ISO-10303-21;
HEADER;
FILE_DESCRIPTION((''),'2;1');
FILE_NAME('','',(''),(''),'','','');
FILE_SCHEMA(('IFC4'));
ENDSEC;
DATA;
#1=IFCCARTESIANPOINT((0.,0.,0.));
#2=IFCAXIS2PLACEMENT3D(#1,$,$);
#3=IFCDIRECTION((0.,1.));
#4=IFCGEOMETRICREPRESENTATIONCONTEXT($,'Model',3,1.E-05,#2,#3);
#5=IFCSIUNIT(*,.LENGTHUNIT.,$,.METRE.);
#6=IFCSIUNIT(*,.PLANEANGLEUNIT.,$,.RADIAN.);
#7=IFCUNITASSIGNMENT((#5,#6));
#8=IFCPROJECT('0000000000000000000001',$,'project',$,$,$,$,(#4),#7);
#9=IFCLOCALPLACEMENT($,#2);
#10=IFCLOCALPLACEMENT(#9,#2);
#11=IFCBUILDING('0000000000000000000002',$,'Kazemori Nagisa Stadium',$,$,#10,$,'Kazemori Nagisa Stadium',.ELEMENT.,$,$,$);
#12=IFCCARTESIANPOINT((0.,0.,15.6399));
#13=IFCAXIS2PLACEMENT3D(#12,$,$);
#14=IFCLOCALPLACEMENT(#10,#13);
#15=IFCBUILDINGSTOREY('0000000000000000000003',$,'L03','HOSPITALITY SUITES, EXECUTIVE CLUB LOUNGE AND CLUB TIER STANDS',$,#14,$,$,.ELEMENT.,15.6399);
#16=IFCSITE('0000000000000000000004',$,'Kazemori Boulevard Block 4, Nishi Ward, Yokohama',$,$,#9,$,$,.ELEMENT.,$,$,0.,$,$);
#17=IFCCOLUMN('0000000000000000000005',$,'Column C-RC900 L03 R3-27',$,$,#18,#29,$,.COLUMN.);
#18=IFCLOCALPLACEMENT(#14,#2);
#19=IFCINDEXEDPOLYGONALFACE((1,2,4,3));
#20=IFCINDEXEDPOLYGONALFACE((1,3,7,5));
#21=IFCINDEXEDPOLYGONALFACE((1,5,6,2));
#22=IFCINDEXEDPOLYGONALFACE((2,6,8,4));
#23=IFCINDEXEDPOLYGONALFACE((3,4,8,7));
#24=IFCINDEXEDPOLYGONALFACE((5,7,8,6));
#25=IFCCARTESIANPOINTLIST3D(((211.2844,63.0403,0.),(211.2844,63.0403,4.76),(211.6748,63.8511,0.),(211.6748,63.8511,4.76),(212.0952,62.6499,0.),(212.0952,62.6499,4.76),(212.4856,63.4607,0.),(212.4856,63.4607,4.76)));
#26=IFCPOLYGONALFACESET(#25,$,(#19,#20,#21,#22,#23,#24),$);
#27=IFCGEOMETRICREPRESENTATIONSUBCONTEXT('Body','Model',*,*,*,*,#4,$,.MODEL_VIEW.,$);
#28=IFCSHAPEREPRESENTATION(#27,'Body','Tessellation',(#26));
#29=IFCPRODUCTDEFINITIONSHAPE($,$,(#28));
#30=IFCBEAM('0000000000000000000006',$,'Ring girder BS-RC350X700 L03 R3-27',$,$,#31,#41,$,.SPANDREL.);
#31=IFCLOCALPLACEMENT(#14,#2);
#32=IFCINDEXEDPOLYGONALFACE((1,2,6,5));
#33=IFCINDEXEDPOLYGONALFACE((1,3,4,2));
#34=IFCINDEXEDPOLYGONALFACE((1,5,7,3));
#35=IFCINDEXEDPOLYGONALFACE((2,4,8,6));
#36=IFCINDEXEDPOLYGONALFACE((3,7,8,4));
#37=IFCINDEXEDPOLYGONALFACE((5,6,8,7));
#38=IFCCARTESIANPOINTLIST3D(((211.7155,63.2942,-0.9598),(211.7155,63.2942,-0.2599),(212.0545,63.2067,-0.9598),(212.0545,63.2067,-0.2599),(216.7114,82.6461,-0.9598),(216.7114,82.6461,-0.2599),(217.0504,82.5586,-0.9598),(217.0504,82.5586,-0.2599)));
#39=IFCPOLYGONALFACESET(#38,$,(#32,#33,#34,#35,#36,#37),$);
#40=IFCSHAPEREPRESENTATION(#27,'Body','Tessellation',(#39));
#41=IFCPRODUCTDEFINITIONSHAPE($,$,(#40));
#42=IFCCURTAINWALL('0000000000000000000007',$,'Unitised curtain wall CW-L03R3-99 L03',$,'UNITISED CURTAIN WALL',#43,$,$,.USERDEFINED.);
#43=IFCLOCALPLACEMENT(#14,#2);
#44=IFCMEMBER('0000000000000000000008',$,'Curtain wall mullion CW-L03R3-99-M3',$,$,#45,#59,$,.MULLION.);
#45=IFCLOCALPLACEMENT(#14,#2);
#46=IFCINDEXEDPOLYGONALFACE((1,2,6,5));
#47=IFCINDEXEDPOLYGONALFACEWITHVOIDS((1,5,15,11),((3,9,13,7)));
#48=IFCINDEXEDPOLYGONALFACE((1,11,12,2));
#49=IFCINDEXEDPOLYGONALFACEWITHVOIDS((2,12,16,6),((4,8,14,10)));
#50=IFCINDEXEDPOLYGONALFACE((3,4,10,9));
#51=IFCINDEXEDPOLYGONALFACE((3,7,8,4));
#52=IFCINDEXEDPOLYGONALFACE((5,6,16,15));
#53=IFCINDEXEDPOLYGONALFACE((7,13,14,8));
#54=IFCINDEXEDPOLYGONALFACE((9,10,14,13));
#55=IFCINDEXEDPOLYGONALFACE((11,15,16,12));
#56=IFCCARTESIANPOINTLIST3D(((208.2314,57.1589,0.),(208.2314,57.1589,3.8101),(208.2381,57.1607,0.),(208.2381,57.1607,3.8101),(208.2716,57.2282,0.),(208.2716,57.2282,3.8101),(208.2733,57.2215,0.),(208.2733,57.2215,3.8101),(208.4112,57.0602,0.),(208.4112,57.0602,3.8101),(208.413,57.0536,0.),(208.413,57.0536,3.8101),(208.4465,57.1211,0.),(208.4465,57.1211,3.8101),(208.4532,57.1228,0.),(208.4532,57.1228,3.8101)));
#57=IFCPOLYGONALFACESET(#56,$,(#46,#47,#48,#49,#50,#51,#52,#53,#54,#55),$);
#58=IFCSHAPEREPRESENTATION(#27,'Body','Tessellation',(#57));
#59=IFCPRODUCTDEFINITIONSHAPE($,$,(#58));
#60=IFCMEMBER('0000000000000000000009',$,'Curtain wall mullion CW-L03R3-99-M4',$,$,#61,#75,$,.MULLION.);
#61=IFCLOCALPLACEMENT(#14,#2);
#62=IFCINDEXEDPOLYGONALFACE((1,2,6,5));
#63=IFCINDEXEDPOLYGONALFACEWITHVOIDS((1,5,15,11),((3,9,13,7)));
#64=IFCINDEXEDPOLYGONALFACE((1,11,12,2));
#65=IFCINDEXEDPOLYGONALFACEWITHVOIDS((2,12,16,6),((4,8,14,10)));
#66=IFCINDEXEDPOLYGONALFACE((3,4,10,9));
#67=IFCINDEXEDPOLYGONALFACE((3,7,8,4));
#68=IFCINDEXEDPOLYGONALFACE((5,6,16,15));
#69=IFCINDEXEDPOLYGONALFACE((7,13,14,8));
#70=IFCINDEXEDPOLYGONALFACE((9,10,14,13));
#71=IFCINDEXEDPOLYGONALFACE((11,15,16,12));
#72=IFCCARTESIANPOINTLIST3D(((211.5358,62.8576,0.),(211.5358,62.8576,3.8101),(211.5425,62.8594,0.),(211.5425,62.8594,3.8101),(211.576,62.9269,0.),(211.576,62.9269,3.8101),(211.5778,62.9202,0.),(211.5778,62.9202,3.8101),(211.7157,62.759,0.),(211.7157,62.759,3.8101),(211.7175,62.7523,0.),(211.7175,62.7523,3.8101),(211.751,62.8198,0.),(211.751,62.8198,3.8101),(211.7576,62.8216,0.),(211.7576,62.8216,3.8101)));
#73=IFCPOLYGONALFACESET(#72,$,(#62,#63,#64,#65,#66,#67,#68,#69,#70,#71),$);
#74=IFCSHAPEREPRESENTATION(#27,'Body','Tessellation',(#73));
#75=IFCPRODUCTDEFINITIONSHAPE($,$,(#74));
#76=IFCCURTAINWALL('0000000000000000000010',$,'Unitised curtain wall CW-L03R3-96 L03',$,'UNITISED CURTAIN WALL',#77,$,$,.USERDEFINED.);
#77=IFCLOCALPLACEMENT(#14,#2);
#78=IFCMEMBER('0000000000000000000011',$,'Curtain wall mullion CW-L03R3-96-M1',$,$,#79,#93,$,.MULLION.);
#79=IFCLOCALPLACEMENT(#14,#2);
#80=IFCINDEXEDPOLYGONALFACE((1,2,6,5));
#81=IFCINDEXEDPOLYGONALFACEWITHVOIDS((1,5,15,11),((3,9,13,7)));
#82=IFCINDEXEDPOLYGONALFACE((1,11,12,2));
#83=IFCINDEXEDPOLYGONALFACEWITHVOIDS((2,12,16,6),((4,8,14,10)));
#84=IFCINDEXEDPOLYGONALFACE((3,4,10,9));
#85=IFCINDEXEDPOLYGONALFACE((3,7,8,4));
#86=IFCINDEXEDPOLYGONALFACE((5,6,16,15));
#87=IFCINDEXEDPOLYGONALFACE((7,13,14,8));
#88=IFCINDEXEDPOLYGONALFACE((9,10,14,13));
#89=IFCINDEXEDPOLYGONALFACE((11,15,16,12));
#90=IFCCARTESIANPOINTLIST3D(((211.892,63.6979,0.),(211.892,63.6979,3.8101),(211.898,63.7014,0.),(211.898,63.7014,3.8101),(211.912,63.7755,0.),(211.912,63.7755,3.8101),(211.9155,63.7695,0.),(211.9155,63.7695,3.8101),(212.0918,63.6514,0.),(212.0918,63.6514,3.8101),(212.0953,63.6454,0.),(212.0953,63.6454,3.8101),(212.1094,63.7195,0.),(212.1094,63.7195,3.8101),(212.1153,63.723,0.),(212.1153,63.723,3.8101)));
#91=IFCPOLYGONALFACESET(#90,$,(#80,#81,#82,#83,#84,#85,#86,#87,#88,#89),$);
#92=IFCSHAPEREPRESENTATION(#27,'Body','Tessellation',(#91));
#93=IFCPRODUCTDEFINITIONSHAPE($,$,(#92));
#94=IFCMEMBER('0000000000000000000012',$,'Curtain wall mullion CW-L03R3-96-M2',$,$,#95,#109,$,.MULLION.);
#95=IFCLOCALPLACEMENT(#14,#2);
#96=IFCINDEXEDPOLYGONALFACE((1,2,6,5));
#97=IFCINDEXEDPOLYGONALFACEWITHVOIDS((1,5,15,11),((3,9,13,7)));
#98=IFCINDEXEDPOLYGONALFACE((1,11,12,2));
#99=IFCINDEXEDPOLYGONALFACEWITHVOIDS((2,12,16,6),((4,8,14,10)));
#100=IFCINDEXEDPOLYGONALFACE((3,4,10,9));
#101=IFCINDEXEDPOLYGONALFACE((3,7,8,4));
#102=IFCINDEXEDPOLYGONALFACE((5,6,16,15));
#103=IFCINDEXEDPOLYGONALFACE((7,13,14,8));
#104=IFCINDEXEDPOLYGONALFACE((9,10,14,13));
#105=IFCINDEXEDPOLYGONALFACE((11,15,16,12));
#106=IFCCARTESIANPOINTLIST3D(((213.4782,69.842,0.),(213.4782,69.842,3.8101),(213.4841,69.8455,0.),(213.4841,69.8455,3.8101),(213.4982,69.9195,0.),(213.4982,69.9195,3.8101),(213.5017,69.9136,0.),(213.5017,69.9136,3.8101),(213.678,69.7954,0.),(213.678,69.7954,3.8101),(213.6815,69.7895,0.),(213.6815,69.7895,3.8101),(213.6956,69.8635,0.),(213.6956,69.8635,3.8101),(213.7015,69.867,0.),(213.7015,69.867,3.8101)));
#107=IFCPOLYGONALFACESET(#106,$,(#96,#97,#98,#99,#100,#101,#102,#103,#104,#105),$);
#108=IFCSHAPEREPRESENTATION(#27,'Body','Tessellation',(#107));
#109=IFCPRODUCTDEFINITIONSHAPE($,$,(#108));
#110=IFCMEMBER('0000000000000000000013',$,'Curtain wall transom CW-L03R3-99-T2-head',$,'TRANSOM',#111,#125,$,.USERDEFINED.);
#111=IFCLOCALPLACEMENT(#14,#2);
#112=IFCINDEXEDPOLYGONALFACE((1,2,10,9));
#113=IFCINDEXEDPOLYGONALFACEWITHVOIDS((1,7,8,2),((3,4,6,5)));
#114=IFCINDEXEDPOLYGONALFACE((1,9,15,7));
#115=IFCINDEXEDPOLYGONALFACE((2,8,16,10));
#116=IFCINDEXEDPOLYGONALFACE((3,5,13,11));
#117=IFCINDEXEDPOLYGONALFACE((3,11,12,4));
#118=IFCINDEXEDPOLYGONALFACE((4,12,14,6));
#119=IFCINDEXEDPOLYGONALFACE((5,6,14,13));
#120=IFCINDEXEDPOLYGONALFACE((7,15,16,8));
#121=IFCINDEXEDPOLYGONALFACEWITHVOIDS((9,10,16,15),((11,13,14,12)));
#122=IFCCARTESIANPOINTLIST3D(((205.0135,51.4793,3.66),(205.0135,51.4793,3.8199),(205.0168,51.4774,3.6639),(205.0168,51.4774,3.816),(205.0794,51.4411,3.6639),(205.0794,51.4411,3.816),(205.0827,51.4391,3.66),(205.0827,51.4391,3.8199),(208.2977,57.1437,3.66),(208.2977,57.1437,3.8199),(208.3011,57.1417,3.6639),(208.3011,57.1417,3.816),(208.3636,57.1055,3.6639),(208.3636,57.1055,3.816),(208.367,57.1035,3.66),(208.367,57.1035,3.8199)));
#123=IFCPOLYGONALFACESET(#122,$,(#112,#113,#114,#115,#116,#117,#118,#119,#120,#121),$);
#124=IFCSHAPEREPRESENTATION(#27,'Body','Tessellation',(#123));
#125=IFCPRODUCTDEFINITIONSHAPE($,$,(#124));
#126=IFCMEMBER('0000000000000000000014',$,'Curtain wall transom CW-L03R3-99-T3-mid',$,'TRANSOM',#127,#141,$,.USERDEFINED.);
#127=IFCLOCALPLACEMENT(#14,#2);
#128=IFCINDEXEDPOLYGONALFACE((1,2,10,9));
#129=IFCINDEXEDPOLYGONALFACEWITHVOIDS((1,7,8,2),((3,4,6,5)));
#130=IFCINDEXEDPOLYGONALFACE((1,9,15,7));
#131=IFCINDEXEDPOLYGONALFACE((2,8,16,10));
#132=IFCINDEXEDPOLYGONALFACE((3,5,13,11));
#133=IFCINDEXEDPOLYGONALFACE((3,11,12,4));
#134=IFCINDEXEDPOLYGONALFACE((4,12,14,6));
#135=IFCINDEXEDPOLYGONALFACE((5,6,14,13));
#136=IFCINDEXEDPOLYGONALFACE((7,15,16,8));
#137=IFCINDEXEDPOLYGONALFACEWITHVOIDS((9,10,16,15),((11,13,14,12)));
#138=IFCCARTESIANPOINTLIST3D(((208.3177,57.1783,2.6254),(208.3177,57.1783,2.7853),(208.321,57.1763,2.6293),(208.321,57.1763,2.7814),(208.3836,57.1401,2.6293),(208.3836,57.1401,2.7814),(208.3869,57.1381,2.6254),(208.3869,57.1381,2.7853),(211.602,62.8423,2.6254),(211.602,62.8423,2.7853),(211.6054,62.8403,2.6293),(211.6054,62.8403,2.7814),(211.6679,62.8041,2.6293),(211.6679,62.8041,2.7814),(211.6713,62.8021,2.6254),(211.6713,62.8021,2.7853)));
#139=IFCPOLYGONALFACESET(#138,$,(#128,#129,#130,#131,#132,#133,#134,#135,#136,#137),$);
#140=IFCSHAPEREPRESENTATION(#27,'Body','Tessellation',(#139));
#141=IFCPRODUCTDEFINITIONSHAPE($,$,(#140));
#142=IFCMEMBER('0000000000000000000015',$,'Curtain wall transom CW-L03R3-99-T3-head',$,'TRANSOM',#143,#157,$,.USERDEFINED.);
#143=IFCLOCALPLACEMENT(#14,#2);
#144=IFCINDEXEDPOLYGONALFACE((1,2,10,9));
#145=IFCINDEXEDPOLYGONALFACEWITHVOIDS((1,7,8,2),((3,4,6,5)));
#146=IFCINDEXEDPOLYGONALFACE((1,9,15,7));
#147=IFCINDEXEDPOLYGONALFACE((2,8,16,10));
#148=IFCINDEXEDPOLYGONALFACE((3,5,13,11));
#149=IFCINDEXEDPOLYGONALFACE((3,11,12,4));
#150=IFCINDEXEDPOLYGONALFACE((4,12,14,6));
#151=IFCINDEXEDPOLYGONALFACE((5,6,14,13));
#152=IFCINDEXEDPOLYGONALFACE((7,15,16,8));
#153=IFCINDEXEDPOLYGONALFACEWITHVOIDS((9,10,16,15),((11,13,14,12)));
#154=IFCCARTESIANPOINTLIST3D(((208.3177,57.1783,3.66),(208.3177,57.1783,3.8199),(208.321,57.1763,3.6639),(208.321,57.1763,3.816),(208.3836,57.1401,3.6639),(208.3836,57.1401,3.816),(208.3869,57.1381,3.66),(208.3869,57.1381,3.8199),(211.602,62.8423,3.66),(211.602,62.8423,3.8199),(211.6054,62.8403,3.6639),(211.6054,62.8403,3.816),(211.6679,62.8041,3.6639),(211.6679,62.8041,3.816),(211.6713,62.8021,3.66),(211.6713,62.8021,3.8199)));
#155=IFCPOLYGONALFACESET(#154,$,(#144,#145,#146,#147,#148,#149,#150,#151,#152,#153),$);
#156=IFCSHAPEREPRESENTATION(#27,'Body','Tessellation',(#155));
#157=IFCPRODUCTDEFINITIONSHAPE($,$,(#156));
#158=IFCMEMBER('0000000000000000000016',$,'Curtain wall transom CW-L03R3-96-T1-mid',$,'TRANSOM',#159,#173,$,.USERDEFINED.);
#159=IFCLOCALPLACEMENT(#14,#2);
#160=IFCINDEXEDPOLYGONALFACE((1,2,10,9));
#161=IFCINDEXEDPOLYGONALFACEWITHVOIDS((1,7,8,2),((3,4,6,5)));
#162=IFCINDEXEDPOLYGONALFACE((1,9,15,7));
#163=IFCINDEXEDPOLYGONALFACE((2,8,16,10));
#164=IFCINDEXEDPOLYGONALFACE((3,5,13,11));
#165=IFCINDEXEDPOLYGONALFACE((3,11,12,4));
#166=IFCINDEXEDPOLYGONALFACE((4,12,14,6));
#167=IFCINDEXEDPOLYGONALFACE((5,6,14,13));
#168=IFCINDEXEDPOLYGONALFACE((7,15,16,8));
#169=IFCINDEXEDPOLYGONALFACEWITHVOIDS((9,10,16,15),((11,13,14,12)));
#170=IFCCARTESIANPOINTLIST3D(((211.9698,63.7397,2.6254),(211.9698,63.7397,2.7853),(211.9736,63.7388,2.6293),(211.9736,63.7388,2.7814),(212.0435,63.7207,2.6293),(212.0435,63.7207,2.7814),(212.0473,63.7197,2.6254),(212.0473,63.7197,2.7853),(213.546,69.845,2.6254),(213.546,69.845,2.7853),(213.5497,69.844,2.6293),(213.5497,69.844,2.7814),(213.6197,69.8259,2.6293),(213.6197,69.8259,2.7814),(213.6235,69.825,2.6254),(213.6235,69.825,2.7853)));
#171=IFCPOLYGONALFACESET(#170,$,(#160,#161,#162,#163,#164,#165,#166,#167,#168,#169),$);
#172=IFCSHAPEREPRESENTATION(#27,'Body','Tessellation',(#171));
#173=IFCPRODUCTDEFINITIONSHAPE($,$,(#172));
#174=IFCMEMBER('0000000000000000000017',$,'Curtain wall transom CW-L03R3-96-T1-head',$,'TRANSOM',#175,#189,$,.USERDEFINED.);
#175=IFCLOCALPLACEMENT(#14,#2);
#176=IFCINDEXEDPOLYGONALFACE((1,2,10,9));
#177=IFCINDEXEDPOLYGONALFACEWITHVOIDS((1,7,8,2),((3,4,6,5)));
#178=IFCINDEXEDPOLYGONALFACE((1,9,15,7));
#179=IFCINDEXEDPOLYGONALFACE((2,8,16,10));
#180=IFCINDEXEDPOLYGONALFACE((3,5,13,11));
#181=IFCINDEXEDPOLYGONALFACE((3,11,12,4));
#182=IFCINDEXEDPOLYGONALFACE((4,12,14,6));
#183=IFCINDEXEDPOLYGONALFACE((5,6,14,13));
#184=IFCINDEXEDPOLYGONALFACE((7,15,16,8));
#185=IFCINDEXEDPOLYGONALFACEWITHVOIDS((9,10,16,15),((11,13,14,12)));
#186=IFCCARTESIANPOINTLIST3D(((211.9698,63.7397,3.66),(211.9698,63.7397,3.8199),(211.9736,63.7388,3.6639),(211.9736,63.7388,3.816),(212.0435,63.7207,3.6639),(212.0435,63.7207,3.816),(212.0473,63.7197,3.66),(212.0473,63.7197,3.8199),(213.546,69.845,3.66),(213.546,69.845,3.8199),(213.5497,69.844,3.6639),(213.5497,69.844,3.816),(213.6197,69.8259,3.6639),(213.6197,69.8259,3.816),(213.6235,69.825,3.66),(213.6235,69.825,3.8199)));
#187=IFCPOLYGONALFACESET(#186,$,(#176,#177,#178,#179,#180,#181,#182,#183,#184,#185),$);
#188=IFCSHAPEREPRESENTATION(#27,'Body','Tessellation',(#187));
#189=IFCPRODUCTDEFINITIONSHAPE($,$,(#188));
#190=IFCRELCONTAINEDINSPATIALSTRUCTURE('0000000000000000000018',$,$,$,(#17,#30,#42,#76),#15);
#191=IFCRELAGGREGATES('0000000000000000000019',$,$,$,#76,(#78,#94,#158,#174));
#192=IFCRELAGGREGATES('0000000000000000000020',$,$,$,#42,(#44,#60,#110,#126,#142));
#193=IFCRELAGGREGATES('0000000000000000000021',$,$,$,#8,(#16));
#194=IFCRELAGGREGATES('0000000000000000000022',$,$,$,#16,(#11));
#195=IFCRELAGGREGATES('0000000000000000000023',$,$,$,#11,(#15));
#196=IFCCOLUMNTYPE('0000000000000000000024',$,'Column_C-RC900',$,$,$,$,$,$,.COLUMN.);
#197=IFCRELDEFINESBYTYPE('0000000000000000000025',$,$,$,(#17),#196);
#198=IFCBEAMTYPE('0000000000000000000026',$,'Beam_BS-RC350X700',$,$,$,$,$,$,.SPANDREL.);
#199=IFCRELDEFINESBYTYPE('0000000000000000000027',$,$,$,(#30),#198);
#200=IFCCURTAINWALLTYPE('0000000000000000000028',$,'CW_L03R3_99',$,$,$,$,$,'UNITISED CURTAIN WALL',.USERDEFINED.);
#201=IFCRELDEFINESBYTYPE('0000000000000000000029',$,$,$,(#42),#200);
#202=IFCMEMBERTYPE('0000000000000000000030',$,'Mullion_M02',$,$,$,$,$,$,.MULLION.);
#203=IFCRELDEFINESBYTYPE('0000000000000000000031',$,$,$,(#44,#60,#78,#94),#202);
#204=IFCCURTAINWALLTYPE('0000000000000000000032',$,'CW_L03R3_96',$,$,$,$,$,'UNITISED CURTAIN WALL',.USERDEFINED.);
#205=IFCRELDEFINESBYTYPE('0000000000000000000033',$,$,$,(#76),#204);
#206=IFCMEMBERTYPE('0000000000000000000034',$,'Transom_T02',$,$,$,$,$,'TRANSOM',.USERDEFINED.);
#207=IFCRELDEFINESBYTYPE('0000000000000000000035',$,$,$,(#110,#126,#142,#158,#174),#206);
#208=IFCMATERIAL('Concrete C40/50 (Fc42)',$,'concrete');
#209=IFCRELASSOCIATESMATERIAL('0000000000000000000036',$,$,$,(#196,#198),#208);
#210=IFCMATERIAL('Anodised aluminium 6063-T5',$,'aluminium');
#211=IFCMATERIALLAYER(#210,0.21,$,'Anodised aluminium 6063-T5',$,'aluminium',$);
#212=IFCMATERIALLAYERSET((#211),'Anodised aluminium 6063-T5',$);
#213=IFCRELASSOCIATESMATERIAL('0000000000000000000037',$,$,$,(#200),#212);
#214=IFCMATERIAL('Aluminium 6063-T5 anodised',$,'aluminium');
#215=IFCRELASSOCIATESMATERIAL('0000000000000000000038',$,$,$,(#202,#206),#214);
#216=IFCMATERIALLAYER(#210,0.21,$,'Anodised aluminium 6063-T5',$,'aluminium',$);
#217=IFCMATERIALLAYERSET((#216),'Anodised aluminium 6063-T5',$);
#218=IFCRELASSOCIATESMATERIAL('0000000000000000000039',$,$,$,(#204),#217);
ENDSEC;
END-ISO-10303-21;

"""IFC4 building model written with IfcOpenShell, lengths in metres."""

from ifc_helpers import new_model, si_unit, direction, frame, origin, origin_2d, place, context, subcontext, project, spatial, rectangle, hollow_rectangle, extrude, material, layer, layer_set, material_profile, profile_set, type_object, element, aggregate, save


model = new_model("IFC4")

# Units and contexts
model_context = context("Model", 3, precision=1e-05, world=origin(), true_north=direction((0.0, 1.0)))
body_context = subcontext(model_context, "Body", "Model", "MODEL_VIEW")
ifc_project = project(units=[si_unit("LENGTHUNIT", "METRE"), si_unit("PLANEANGLEUNIT", "RADIAN")], contexts=[model_context])

# Site, building, storey
site_placement = place(None, origin())
site = spatial("IfcSite", under=ifc_project, at=site_placement, Name="Kazemori Boulevard Block 4, Nishi Ward, Yokohama", CompositionType="ELEMENT", RefElevation=0.0)
building_placement = place(site_placement, origin())
building = spatial("IfcBuilding", under=site, at=building_placement, Name="Kazemori Nagisa Stadium", LongName="Kazemori Nagisa Stadium", CompositionType="ELEMENT")
storey_placement = place(building_placement, frame((0.0, 0.0, 15.6399)))
storey = spatial("IfcBuildingStorey", under=building, at=storey_placement, Name="L03", Description="HOSPITALITY SUITES, EXECUTIVE CLUB LOUNGE AND CLUB TIER STANDS", CompositionType="ELEMENT", Elevation=15.6399)

# Column
ifc_material_1 = material(Name="Concrete C40/50 (Fc42)", Category="concrete")
ifc_material_profile_1 = material_profile(ifc_material_1, rectangle(XDim=0.8999, YDim=0.8999, at=origin_2d()), Name="RC-COL-900x900")
ifc_profile_set_1 = profile_set([ifc_material_profile_1], Name="Concrete C40/50 (Fc42)")
column_type = type_object("IfcColumnType", Name="Column_C-RC900", PredefinedType="COLUMN", material=ifc_profile_set_1)
column_placement = place(storey_placement, frame((211.885, 63.2505, 0.0), z_axis=(0.0, 0.0, 1.0), x_axis=(0.900969, -0.433884, 0.0)))
element("IfcColumn", 1, at=column_placement, inside=storey, type_object=column_type, Name="Column C-RC900 L03 R3-27", PredefinedType="COLUMN", context=body_context, shape_type="SweptSolid", body=[
    extrude(rectangle(XDim=0.8999, YDim=0.8999, at=origin_2d()), origin(), (0.0, 0.0, 1.0), 4.76),
])

# Beam
ifc_material_profile_2 = material_profile(ifc_material_1, rectangle(XDim=0.3501, YDim=0.7, at=origin_2d()), Name="RC-SP-350x700")
ifc_profile_set_2 = profile_set([ifc_material_profile_2], Name="Concrete C40/50 (Fc42)")
beam_type = type_object("IfcBeamType", Name="Beam_BS-RC350X700", PredefinedType="SPANDREL", material=ifc_profile_set_2)
beam_placement = place(storey_placement, frame((211.885, 63.2505, -0.6099), z_axis=(0.249964, 0.968255, 0.0), x_axis=(-0.968255, 0.249964, 0.0)))
element("IfcBeam", 2, at=beam_placement, inside=storey, type_object=beam_type, Name="Ring girder BS-RC350X700 L03 R3-27", PredefinedType="SPANDREL", context=body_context, shape_type="SweptSolid", body=[
    extrude(rectangle(XDim=0.3501, YDim=0.7, at=origin_2d()), origin(), (0.0, 0.0, 1.0), 19.9863),
])

# Curtain walls, members
ifc_material_2 = material(Name="Anodised aluminium 6063-T5", Category="aluminium")
ifc_layer_1 = layer(ifc_material_2, 0.21, Name="Anodised aluminium 6063-T5", Category="aluminium")
ifc_layer_set_1 = layer_set([ifc_layer_1], Name="Anodised aluminium 6063-T5")
curtain_wall_type_1 = type_object("IfcCurtainWallType", Name="CW_L03R3_99", ElementType="UNITISED CURTAIN WALL", PredefinedType="USERDEFINED", material=ifc_layer_set_1)
curtain_wall_1_placement = place(storey_placement, origin())
curtain_wall_1 = element("IfcCurtainWall", 3, at=curtain_wall_1_placement, inside=storey, type_object=curtain_wall_type_1, Name="Unitised curtain wall CW-L03R3-99 L03", ObjectType="UNITISED CURTAIN WALL", PredefinedType="USERDEFINED")
ifc_material_3 = material(Name="Aluminium 6063-T5 anodised", Category="aluminium")
ifc_material_profile_3 = material_profile(ifc_material_3, hollow_rectangle(XDim=0.0801, YDim=0.21, WallThickness=0.0049, at=origin_2d()), Name="ALU-MULL-80x210x5")
ifc_profile_set_3 = profile_set([ifc_material_profile_3], Name="Aluminium 6063-T5 anodised")
member_type_1 = type_object("IfcMemberType", Name="Mullion_M02", PredefinedType="MULLION", material=ifc_profile_set_3)
member_1_placement = place(storey_placement, frame((208.3423, 57.1409, 0.0), z_axis=(0.0, 0.0, 1.0), x_axis=(0.501612, 0.865093, 0.0)))
member_1 = element("IfcMember", 4, at=member_1_placement, type_object=member_type_1, Name="Curtain wall mullion CW-L03R3-99-M3", PredefinedType="MULLION", context=body_context, shape_type="SweptSolid", body=[
    extrude(hollow_rectangle(XDim=0.0801, YDim=0.21, WallThickness=0.0049, at=origin_2d()), origin(), (0.0, 0.0, 1.0), 3.8101),
])
member_2_placement = place(storey_placement, frame((211.6467, 62.8396, 0.0), z_axis=(0.0, 0.0, 1.0), x_axis=(0.501612, 0.865093, 0.0)))
member_2 = element("IfcMember", 5, at=member_2_placement, type_object=member_type_1, Name="Curtain wall mullion CW-L03R3-99-M4", PredefinedType="MULLION", context=body_context, shape_type="SweptSolid", body=[
    extrude(hollow_rectangle(XDim=0.0801, YDim=0.21, WallThickness=0.0049, at=origin_2d()), origin(), (0.0, 0.0, 1.0), 3.8101),
])
ifc_layer_2 = layer(ifc_material_2, 0.21, Name="Anodised aluminium 6063-T5", Category="aluminium")
ifc_layer_set_2 = layer_set([ifc_layer_2], Name="Anodised aluminium 6063-T5")
curtain_wall_type_2 = type_object("IfcCurtainWallType", Name="CW_L03R3_96", ElementType="UNITISED CURTAIN WALL", PredefinedType="USERDEFINED", material=ifc_layer_set_2)
curtain_wall_2_placement = place(storey_placement, origin())
curtain_wall_2 = element("IfcCurtainWall", 6, at=curtain_wall_2_placement, inside=storey, type_object=curtain_wall_type_2, Name="Unitised curtain wall CW-L03R3-96 L03", ObjectType="UNITISED CURTAIN WALL", PredefinedType="USERDEFINED")
member_3_placement = place(storey_placement, frame((212.0037, 63.7104, 0.0), z_axis=(0.0, 0.0, 1.0), x_axis=(0.249965, 0.968255, 0.0)))
member_3 = element("IfcMember", 7, at=member_3_placement, type_object=member_type_1, Name="Curtain wall mullion CW-L03R3-96-M1", PredefinedType="MULLION", context=body_context, shape_type="SweptSolid", body=[
    extrude(hollow_rectangle(XDim=0.0801, YDim=0.21, WallThickness=0.0049, at=origin_2d()), origin(), (0.0, 0.0, 1.0), 3.8101),
])
member_4_placement = place(storey_placement, frame((213.5898, 69.8545, 0.0), z_axis=(0.0, 0.0, 1.0), x_axis=(0.249965, 0.968255, 0.0)))
member_4 = element("IfcMember", 8, at=member_4_placement, type_object=member_type_1, Name="Curtain wall mullion CW-L03R3-96-M2", PredefinedType="MULLION", context=body_context, shape_type="SweptSolid", body=[
    extrude(hollow_rectangle(XDim=0.0801, YDim=0.21, WallThickness=0.0049, at=origin_2d()), origin(), (0.0, 0.0, 1.0), 3.8101),
])

# Members
ifc_material_profile_4 = material_profile(ifc_material_3, hollow_rectangle(XDim=0.0801, YDim=0.1599, WallThickness=0.0039, at=origin_2d()), Name="ALU-TRAN-80x160x4")
ifc_profile_set_4 = profile_set([ifc_material_profile_4], Name="Aluminium 6063-T5 anodised")
member_type_2 = type_object("IfcMemberType", Name="Transom_T02", ElementType="TRANSOM", PredefinedType="USERDEFINED", material=ifc_profile_set_4)
member_5_placement = place(storey_placement, frame((205.0481, 51.4592, 3.74), z_axis=(0.50159, 0.865105, 0.0), x_axis=(-0.865105, 0.50159, 0.0)))
member_5 = element("IfcMember", 9, at=member_5_placement, type_object=member_type_2, Name="Curtain wall transom CW-L03R3-99-T2-head", ObjectType="TRANSOM", PredefinedType="USERDEFINED", context=body_context, shape_type="SweptSolid", body=[
    extrude(hollow_rectangle(XDim=0.0801, YDim=0.1599, WallThickness=0.0039, at=origin_2d()), origin(), (0.0, 0.0, 1.0), 6.5476),
])
member_6_placement = place(storey_placement, frame((208.3523, 57.1582, 2.7053), z_axis=(0.501634, 0.86508, 0.0), x_axis=(-0.86508, 0.501634, 0.0)))
member_6 = element("IfcMember", 10, at=member_6_placement, type_object=member_type_2, Name="Curtain wall transom CW-L03R3-99-T3-mid", ObjectType="TRANSOM", PredefinedType="USERDEFINED", context=body_context, shape_type="SweptSolid", body=[
    extrude(hollow_rectangle(XDim=0.0801, YDim=0.1599, WallThickness=0.0039, at=origin_2d()), origin(), (0.0, 0.0, 1.0), 6.5474),
])
member_7_placement = place(storey_placement, frame((208.3523, 57.1582, 3.74), z_axis=(0.501634, 0.86508, 0.0), x_axis=(-0.86508, 0.501634, 0.0)))
member_7 = element("IfcMember", 11, at=member_7_placement, type_object=member_type_2, Name="Curtain wall transom CW-L03R3-99-T3-head", ObjectType="TRANSOM", PredefinedType="USERDEFINED", context=body_context, shape_type="SweptSolid", body=[
    extrude(hollow_rectangle(XDim=0.0801, YDim=0.1599, WallThickness=0.0039, at=origin_2d()), origin(), (0.0, 0.0, 1.0), 6.5474),
])
member_8_placement = place(storey_placement, frame((212.0085, 63.7297, 2.7053), z_axis=(0.249972, 0.968253, 0.0), x_axis=(-0.968253, 0.249972, 0.0)))
member_8 = element("IfcMember", 12, at=member_8_placement, type_object=member_type_2, Name="Curtain wall transom CW-L03R3-96-T1-mid", ObjectType="TRANSOM", PredefinedType="USERDEFINED", context=body_context, shape_type="SweptSolid", body=[
    extrude(hollow_rectangle(XDim=0.0801, YDim=0.1599, WallThickness=0.0039, at=origin_2d()), origin(), (0.0, 0.0, 1.0), 6.3054),
])
member_9_placement = place(storey_placement, frame((212.0085, 63.7297, 3.74), z_axis=(0.249972, 0.968253, 0.0), x_axis=(-0.968253, 0.249972, 0.0)))
member_9 = element("IfcMember", 13, at=member_9_placement, type_object=member_type_2, Name="Curtain wall transom CW-L03R3-96-T1-head", ObjectType="TRANSOM", PredefinedType="USERDEFINED", context=body_context, shape_type="SweptSolid", body=[
    extrude(hollow_rectangle(XDim=0.0801, YDim=0.1599, WallThickness=0.0039, at=origin_2d()), origin(), (0.0, 0.0, 1.0), 6.3054),
])

aggregate(curtain_wall_2, [member_3, member_4, member_8, member_9])
aggregate(curtain_wall_1, [member_1, member_2, member_5, member_6, member_7])

save(model, "model.ifc")
